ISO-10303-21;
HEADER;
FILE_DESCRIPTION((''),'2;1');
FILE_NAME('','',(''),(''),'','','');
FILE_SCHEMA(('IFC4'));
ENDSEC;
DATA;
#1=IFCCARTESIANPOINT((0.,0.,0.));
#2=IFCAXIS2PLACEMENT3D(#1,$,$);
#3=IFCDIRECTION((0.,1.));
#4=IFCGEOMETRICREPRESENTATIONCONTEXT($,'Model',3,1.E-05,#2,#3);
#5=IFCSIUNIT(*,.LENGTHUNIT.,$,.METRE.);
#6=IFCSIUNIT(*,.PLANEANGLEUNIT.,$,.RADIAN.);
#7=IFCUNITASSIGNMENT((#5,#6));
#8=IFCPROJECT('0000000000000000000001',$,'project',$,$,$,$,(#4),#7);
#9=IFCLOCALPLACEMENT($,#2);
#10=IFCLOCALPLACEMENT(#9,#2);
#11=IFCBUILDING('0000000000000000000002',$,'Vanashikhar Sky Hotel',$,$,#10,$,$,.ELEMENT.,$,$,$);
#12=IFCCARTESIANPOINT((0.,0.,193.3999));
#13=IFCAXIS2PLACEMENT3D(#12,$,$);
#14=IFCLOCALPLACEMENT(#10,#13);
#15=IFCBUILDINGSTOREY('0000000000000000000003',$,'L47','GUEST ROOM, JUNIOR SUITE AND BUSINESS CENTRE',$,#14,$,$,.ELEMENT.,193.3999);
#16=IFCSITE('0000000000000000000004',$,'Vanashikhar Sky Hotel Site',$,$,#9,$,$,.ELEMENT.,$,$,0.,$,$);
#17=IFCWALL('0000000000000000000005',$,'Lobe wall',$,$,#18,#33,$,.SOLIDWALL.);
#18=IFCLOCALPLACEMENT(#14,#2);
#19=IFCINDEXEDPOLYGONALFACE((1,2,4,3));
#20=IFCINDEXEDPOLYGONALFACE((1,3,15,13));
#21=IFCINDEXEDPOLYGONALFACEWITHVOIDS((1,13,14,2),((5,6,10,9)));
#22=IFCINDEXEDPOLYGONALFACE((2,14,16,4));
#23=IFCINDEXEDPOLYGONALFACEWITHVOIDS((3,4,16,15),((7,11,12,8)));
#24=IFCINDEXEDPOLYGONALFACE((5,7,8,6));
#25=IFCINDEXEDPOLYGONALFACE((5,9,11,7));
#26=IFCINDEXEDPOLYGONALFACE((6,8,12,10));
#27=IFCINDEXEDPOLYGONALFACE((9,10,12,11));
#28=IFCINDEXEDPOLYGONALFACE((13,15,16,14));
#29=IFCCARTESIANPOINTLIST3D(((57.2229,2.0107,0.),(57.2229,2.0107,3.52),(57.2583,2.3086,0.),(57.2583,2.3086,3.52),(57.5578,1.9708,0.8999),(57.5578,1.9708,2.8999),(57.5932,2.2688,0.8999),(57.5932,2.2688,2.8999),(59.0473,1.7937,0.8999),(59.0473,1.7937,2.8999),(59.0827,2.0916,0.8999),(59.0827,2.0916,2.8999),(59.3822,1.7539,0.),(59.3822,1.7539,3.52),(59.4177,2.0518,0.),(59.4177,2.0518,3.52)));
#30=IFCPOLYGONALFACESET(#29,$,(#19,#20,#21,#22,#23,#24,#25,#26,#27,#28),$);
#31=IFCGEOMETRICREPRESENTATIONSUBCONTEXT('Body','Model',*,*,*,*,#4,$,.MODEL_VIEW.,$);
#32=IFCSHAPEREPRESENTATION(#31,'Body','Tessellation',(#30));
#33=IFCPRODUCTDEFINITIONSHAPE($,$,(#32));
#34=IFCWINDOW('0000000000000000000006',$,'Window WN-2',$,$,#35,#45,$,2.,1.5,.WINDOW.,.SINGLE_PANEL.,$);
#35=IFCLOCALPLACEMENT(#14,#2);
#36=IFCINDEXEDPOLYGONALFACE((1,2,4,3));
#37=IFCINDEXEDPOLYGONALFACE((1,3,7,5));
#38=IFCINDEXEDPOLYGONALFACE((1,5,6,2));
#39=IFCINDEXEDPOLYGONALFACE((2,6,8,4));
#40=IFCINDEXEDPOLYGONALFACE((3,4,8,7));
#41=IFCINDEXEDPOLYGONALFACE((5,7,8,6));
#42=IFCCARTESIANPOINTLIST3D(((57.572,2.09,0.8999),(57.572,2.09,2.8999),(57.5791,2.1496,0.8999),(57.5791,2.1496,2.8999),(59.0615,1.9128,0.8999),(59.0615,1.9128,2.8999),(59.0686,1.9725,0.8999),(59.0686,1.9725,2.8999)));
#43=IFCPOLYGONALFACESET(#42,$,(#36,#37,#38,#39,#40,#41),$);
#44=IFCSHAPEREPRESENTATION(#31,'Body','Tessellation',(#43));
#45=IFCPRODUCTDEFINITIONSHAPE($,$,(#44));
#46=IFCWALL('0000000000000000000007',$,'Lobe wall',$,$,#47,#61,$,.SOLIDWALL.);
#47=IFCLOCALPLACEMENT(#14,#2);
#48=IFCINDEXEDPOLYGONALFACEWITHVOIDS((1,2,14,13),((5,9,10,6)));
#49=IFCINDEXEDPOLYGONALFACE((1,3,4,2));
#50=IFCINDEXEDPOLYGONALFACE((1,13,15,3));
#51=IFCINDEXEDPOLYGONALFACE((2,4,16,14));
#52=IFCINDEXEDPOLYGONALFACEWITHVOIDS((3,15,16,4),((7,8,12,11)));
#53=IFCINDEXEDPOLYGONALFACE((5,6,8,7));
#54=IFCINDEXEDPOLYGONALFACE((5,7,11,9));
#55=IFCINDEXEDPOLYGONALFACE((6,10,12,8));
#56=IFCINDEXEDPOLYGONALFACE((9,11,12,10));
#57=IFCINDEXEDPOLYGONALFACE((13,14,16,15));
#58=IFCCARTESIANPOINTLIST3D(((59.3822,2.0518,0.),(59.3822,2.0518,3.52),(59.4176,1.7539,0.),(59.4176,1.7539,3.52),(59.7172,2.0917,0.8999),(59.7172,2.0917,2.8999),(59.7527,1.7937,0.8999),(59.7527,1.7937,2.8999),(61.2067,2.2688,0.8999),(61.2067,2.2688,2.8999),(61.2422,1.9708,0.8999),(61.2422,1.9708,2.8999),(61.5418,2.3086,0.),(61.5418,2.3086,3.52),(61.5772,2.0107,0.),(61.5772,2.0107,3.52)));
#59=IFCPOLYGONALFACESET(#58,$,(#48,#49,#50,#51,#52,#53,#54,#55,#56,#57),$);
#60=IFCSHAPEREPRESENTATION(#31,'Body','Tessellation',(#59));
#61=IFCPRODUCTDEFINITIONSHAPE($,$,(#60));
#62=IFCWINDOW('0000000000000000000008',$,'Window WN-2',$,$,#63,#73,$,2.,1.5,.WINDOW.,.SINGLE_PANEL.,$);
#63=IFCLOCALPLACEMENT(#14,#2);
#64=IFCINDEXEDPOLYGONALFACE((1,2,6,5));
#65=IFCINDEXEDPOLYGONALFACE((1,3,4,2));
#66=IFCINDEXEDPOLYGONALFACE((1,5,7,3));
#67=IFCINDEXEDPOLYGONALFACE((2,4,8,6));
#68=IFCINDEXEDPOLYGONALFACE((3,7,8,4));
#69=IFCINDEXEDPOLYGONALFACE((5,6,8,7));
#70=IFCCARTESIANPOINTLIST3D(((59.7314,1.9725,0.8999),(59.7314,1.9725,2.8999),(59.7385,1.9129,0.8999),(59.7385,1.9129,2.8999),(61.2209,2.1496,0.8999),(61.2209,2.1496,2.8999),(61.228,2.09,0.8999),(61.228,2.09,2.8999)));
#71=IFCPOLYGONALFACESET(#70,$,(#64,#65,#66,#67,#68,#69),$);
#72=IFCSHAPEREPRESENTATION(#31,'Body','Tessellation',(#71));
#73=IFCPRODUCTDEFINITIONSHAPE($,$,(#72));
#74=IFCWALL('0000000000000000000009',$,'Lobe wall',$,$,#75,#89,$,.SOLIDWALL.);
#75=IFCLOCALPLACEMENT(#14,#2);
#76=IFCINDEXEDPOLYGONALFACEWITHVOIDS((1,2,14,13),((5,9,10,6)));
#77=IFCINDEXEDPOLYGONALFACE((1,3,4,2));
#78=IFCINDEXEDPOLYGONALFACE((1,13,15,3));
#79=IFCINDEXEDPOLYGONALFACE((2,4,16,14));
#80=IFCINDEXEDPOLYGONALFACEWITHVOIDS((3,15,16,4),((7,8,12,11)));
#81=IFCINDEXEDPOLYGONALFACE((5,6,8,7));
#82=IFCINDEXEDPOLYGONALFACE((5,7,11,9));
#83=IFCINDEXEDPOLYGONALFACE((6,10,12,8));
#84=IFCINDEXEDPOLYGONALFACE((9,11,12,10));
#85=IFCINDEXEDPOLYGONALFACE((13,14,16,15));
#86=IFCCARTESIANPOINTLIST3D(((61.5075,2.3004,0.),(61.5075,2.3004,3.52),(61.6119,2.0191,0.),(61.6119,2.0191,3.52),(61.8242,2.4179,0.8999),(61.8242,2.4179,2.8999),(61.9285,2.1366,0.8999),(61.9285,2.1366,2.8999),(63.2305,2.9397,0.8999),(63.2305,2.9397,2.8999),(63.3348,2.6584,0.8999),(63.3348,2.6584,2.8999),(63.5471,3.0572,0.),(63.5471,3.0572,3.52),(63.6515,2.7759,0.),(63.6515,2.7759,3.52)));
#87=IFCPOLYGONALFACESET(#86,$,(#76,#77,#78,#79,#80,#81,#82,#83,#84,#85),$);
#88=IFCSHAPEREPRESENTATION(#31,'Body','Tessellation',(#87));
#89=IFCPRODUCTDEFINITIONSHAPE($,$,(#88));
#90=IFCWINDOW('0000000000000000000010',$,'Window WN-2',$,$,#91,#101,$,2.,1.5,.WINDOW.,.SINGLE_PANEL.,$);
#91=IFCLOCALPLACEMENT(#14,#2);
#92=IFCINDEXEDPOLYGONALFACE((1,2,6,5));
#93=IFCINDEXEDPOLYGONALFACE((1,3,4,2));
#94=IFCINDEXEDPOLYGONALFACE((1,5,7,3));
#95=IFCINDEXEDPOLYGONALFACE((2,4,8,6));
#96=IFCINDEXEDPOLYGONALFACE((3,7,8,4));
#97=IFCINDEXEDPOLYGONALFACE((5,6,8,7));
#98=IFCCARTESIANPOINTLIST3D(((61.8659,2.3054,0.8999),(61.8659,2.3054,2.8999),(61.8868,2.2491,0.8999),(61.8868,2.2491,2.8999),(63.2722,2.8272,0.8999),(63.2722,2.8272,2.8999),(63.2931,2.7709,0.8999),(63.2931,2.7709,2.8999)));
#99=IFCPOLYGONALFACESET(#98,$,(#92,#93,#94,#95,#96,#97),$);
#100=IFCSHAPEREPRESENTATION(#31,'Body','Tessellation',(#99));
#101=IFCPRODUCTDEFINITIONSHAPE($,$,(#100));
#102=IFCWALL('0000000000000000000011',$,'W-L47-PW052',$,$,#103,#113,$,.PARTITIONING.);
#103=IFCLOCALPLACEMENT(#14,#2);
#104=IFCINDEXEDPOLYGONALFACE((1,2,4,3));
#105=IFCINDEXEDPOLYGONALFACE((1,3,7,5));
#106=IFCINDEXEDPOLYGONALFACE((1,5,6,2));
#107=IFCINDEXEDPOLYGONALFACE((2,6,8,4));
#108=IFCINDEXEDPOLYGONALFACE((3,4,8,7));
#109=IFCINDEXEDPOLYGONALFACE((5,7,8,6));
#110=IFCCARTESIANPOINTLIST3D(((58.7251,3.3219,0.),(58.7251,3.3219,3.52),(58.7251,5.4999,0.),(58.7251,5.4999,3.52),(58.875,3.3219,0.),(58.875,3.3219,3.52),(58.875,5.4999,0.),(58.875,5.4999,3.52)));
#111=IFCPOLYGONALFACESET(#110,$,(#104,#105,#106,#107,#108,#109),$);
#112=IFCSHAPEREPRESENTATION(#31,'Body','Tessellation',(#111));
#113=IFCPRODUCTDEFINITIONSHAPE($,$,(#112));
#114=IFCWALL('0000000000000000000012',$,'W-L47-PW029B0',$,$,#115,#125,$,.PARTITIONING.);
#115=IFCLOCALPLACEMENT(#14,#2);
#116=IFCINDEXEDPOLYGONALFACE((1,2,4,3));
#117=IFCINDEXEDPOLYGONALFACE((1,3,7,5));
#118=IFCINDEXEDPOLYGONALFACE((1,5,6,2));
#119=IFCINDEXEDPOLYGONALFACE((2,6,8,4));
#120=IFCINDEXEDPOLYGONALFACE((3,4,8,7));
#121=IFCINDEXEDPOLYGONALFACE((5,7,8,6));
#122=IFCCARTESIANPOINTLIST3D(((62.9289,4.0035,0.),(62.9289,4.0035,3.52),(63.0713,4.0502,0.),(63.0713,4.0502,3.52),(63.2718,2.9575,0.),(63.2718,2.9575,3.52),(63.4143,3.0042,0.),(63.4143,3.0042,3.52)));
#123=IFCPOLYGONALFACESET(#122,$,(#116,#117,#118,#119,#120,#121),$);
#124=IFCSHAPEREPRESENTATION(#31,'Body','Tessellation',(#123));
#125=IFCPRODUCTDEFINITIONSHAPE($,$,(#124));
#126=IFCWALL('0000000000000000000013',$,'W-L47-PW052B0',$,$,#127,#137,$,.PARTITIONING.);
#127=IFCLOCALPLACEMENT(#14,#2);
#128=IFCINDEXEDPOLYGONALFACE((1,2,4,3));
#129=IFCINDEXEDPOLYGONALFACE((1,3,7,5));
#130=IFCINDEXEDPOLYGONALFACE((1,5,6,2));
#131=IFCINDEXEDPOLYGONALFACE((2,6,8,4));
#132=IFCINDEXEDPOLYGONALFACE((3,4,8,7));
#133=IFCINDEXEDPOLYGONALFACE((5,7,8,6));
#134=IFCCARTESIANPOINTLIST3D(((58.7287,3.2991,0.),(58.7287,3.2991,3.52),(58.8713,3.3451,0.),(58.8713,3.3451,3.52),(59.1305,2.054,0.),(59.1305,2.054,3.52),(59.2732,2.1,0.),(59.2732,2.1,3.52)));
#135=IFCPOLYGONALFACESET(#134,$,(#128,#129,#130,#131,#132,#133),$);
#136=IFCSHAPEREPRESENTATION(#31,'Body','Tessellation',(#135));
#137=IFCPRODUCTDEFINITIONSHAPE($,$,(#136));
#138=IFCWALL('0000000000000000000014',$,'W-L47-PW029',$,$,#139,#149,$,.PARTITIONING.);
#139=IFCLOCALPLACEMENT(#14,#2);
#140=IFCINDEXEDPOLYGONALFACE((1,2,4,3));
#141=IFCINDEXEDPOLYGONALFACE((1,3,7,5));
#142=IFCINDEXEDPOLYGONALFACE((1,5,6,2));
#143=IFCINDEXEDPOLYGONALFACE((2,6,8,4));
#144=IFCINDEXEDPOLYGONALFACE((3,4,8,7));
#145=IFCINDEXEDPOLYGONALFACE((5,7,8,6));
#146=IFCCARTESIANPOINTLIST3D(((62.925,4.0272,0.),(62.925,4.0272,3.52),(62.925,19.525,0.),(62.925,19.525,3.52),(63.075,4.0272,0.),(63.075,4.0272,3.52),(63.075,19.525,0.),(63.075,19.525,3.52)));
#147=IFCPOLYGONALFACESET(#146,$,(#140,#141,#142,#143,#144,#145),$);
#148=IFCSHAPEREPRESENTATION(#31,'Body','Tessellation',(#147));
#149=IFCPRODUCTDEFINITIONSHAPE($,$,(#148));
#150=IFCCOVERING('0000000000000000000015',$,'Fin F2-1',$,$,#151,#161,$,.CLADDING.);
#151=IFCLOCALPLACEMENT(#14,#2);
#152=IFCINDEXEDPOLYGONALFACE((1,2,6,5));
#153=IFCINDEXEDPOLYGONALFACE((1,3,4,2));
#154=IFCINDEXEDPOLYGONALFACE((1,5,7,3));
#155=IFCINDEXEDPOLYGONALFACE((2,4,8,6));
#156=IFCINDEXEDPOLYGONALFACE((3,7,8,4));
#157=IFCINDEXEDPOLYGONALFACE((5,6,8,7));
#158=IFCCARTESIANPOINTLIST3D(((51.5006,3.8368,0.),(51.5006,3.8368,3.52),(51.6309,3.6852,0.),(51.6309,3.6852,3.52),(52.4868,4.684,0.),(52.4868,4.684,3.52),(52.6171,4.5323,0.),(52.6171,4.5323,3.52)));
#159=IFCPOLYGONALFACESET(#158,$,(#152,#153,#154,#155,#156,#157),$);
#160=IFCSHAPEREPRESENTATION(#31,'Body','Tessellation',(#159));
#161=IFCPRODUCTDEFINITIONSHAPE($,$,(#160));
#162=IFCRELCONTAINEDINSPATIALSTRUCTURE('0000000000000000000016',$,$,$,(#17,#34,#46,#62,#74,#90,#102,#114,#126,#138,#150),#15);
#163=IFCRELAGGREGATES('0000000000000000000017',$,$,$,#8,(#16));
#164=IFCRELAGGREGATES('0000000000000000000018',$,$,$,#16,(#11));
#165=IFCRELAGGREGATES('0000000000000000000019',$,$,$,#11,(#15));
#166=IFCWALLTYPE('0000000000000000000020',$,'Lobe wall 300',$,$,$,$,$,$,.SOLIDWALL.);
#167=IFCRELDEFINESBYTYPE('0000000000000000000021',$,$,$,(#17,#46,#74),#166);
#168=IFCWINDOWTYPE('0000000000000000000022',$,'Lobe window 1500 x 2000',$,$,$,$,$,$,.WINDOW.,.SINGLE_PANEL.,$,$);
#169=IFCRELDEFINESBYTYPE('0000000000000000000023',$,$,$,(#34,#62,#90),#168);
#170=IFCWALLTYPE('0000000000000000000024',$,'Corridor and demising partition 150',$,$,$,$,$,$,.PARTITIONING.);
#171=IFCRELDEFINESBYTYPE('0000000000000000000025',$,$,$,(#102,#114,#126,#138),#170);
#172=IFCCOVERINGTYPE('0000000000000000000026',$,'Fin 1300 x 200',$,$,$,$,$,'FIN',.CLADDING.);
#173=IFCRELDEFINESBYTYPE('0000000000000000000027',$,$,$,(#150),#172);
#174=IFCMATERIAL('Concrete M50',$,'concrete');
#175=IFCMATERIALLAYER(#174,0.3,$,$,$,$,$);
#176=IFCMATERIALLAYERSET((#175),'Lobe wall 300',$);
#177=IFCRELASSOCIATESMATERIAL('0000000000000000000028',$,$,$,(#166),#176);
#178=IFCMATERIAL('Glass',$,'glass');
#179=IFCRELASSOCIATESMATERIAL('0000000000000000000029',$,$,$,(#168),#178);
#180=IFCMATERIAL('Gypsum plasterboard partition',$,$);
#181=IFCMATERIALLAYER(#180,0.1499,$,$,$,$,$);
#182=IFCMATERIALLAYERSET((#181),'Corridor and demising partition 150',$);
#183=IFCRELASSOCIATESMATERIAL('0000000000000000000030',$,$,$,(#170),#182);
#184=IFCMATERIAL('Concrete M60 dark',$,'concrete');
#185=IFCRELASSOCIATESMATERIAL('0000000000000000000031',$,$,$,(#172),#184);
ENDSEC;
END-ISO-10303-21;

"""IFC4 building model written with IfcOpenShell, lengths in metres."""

from ifc_helpers import new_model, si_unit, direction, frame, frame_2d, origin, origin_2d, place, context, subcontext, project, spatial, rectangle, extrude, source, transform, mapped, material, layer, layer_set, material_profile, profile_set, type_object, element, fill, save


model = new_model("IFC4")

# Units and contexts
model_context = context("Model", 3, precision=1e-05, world=origin(), true_north=direction((0.0, 1.0)))
body_context = subcontext(model_context, "Body", "Model", "MODEL_VIEW")
ifc_project = project(units=[si_unit("LENGTHUNIT", "METRE"), si_unit("PLANEANGLEUNIT", "RADIAN")], contexts=[model_context])

# Site, building, storey
site_placement = place(None, origin())
site = spatial("IfcSite", under=ifc_project, at=site_placement, Name="Vanashikhar Sky Hotel Site", CompositionType="ELEMENT", RefElevation=0.0)
building_placement = place(site_placement, origin())
building = spatial("IfcBuilding", under=site, at=building_placement, Name="Vanashikhar Sky Hotel", CompositionType="ELEMENT")
storey_placement = place(building_placement, frame((0.0, 0.0, 193.3999)))
storey = spatial("IfcBuildingStorey", under=building, at=storey_placement, Name="L47", Description="GUEST ROOM, JUNIOR SUITE AND BUSINESS CENTRE", CompositionType="ELEMENT", Elevation=193.3999)

# Walls, openings, windows
ifc_material_1 = material(Name="Concrete M50", Category="concrete")
ifc_layer_1 = layer(ifc_material_1, 0.3)
ifc_layer_set_1 = layer_set([ifc_layer_1], Name="Lobe wall 300")
wall_type_1 = type_object("IfcWallType", Name="Lobe wall 300", PredefinedType="SOLIDWALL", material=ifc_layer_set_1)
shared_shape_1 = source(origin(), body_context, "Body", "SweptSolid", [
    extrude(rectangle(XDim=1.5, YDim=2.0, at=frame_2d((0.75, 1.0))), frame((0.0, 0.1602, 0.0), z_axis=(0.0, -1.0, 0.0), x_axis=(1.0, 0.0, 0.0)), (0.0, 0.0, 1.0), 0.3201),
])
ifc_material_2 = material(Name="Glass", Category="glass")
window_type = type_object("IfcWindowType", Name="Lobe window 1500 x 2000", PartitioningType="SINGLE_PANEL", PredefinedType="WINDOW", material=ifc_material_2)
shared_shape_2 = source(origin(), body_context, "Body", "SweptSolid", [
    extrude(rectangle(XDim=1.5, YDim=2.0, at=frame_2d((0.75, 1.0))), frame((0.0, 0.03, 0.0), z_axis=(0.0, -1.0, 0.0), x_axis=(1.0, 0.0, 0.0)), (0.0, 0.0, 1.0), 0.0601),
])
shared_shape_3 = source(origin(), body_context, "Body", "SweptSolid", [
    extrude(rectangle(XDim=2.1746, YDim=0.3, at=frame_2d((1.0874, 0.0))), origin(), (0.0, 0.0, 1.0), 3.52),
])
wall_1_placement = place(storey_placement, frame((57.2405, 2.1597, 0.0), z_axis=(0.0, 0.0, 1.0), x_axis=(0.993001, -0.118105, 0.0)))
wall_1 = element("IfcWall", 1, at=wall_1_placement, inside=storey, type_object=wall_type_1, Name="Lobe wall", PredefinedType="SOLIDWALL", context=body_context, shape_type="MappedRepresentation", body=[
    mapped(shared_shape_3, transform((0.0, 0.0, 0.0), scale=1.0)),
])
opening_1_placement = place(wall_1_placement, frame((0.3374, 0.0, 0.8999)))
opening_1 = element("IfcOpeningElement", 2, at=opening_1_placement, cuts=wall_1, PredefinedType="OPENING", context=body_context, shape_type="MappedRepresentation", body=[
    mapped(shared_shape_1, transform((0.0, 0.0, 0.0), scale=1.0)),
])
window_1_placement = place(opening_1_placement, origin())
window_1 = element("IfcWindow", 3, at=window_1_placement, inside=storey, type_object=window_type, Name="Window WN-2", OverallHeight=2.0, OverallWidth=1.5, PartitioningType="SINGLE_PANEL", PredefinedType="WINDOW", context=body_context, shape_type="MappedRepresentation", body=[
    mapped(shared_shape_2, transform((0.0, 0.0, 0.0), scale=1.0)),
])
fill(opening_1, window_1)
shared_shape_4 = source(origin(), body_context, "Body", "SweptSolid", [
    extrude(rectangle(XDim=2.1748, YDim=0.3, at=frame_2d((1.0874, 0.0))), origin(), (0.0, 0.0, 1.0), 3.52),
])
wall_2_placement = place(storey_placement, frame((59.3999, 1.9028, 0.0), z_axis=(0.0, 0.0, 1.0), x_axis=(0.993003, 0.118092, 0.0)))
wall_2 = element("IfcWall", 4, at=wall_2_placement, inside=storey, type_object=wall_type_1, Name="Lobe wall", PredefinedType="SOLIDWALL", context=body_context, shape_type="MappedRepresentation", body=[
    mapped(shared_shape_4, transform((0.0, 0.0, 0.0), scale=1.0)),
])
opening_2_placement = place(wall_2_placement, frame((0.3374, 0.0, 0.8999)))
opening_2 = element("IfcOpeningElement", 5, at=opening_2_placement, cuts=wall_2, PredefinedType="OPENING", context=body_context, shape_type="MappedRepresentation", body=[
    mapped(shared_shape_1, transform((0.0, 0.0, 0.0), scale=1.0)),
])
window_2_placement = place(opening_2_placement, origin())
window_2 = element("IfcWindow", 6, at=window_2_placement, inside=storey, type_object=window_type, Name="Window WN-2", OverallHeight=2.0, OverallWidth=1.5, PartitioningType="SINGLE_PANEL", PredefinedType="WINDOW", context=body_context, shape_type="MappedRepresentation", body=[
    mapped(shared_shape_2, transform((0.0, 0.0, 0.0), scale=1.0)),
])
fill(opening_2, window_2)
shared_shape_5 = source(origin(), body_context, "Body", "SweptSolid", [
    extrude(rectangle(XDim=2.1755, YDim=0.3, at=frame_2d((1.0879, 0.0))), origin(), (0.0, 0.0, 1.0), 3.52),
])
wall_3_placement = place(storey_placement, frame((61.5596, 2.1597, 0.0), z_axis=(0.0, 0.0, 1.0), x_axis=(0.937532, 0.347899, 0.0)))
wall_3 = element("IfcWall", 7, at=wall_3_placement, inside=storey, type_object=wall_type_1, Name="Lobe wall", PredefinedType="SOLIDWALL", context=body_context, shape_type="MappedRepresentation", body=[
    mapped(shared_shape_5, transform((0.0, 0.0, 0.0), scale=1.0)),
])
opening_3_placement = place(wall_3_placement, frame((0.3379, 0.0, 0.8999)))
opening_3 = element("IfcOpeningElement", 8, at=opening_3_placement, cuts=wall_3, PredefinedType="OPENING", context=body_context, shape_type="MappedRepresentation", body=[
    mapped(shared_shape_1, transform((0.0, 0.0, 0.0), scale=1.0)),
])
window_3_placement = place(opening_3_placement, origin())
window_3 = element("IfcWindow", 9, at=window_3_placement, inside=storey, type_object=window_type, Name="Window WN-2", OverallHeight=2.0, OverallWidth=1.5, PartitioningType="SINGLE_PANEL", PredefinedType="WINDOW", context=body_context, shape_type="MappedRepresentation", body=[
    mapped(shared_shape_2, transform((0.0, 0.0, 0.0), scale=1.0)),
])
fill(opening_3, window_3)

# Walls
ifc_material_3 = material(Name="Gypsum plasterboard partition")
ifc_layer_2 = layer(ifc_material_3, 0.1499)
ifc_layer_set_2 = layer_set([ifc_layer_2], Name="Corridor and demising partition 150")
wall_type_2 = type_object("IfcWallType", Name="Corridor and demising partition 150", PredefinedType="PARTITIONING", material=ifc_layer_set_2)
shared_shape_6 = source(origin(), body_context, "Body", "SweptSolid", [
    extrude(rectangle(XDim=2.178, YDim=0.1499, at=frame_2d((1.0889, 0.0))), origin(), (0.0, 0.0, 1.0), 3.52),
])
wall_4_placement = place(storey_placement, frame((58.8, 3.322, 0.0), z_axis=(0.0, 0.0, 1.0), x_axis=(0.0, 1.0, 0.0)))
element("IfcWall", 10, at=wall_4_placement, inside=storey, type_object=wall_type_2, Name="W-L47-PW052", PredefinedType="PARTITIONING", context=body_context, shape_type="MappedRepresentation", body=[
    mapped(shared_shape_6, transform((0.0, 0.0, 0.0), scale=1.0)),
])
shared_shape_7 = source(origin(), body_context, "Body", "SweptSolid", [
    extrude(rectangle(XDim=1.1008, YDim=0.1499, at=frame_2d((0.5503, 0.0))), origin(), (0.0, 0.0, 1.0), 3.52),
])
wall_5_placement = place(storey_placement, frame((63.343, 2.981, 0.0), z_axis=(0.0, 0.0, 1.0), x_axis=(-0.311567, 0.950224, 0.0)))
element("IfcWall", 11, at=wall_5_placement, inside=storey, type_object=wall_type_2, Name="W-L47-PW029B0", PredefinedType="PARTITIONING", context=body_context, shape_type="MappedRepresentation", body=[
    mapped(shared_shape_7, transform((0.0, 0.0, 0.0), scale=1.0)),
])
shared_shape_8 = source(origin(), body_context, "Body", "SweptSolid", [
    extrude(rectangle(XDim=1.3083, YDim=0.1499, at=frame_2d((0.6543, 0.0))), origin(), (0.0, 0.0, 1.0), 3.52),
])
wall_6_placement = place(storey_placement, frame((59.2019, 2.0769, 0.0), z_axis=(0.0, 0.0, 1.0), x_axis=(-0.307145, 0.951663, 0.0)))
element("IfcWall", 12, at=wall_6_placement, inside=storey, type_object=wall_type_2, Name="W-L47-PW052B0", PredefinedType="PARTITIONING", context=body_context, shape_type="MappedRepresentation", body=[
    mapped(shared_shape_8, transform((0.0, 0.0, 0.0), scale=1.0)),
])
shared_shape_9 = source(origin(), body_context, "Body", "SweptSolid", [
    extrude(rectangle(XDim=15.4978, YDim=0.1499, at=frame_2d((7.749, 0.0))), origin(), (0.0, 0.0, 1.0), 3.52),
])
wall_7_placement = place(storey_placement, frame((63.0, 4.0271, 0.0), z_axis=(0.0, 0.0, 1.0), x_axis=(0.0, 1.0, 0.0)))
element("IfcWall", 13, at=wall_7_placement, inside=storey, type_object=wall_type_2, Name="W-L47-PW029", PredefinedType="PARTITIONING", context=body_context, shape_type="MappedRepresentation", body=[
    mapped(shared_shape_9, transform((0.0, 0.0, 0.0), scale=1.0)),
])

# Covering
ifc_material_4 = material(Name="Concrete M60 dark", Category="concrete")
ifc_material_profile = material_profile(ifc_material_4, rectangle(XDim=1.3, YDim=0.2, at=origin_2d()))
ifc_profile_set = profile_set([ifc_material_profile], Name="Fin 1300 x 200")
covering_type = type_object("IfcCoveringType", Name="Fin 1300 x 200", ElementType="FIN", PredefinedType="CLADDING", material=ifc_profile_set)
shared_shape_10 = source(origin(), body_context, "Body", "SweptSolid", [
    extrude(rectangle(XDim=1.3, YDim=0.2, at=origin_2d()), origin(), (0.0, 0.0, 1.0), 3.52),
])
for number, where, z_axis, x_axis, name in (
    (14, (52.0588, 4.1846, 0.0), (0.0, 0.0, 1.0), (-0.758544, -0.651622, 0.0), "Fin F2-1"),
):
    element("IfcCovering", number, at=place(storey_placement, frame(where, z_axis=z_axis, x_axis=x_axis)), inside=storey, type_object=covering_type, Name=name, PredefinedType="CLADDING", context=body_context, shape_type="MappedRepresentation", body=[
        mapped(shared_shape_10, transform((0.0, 0.0, 0.0), scale=1.0)),
    ])

save(model, "model.ifc")
